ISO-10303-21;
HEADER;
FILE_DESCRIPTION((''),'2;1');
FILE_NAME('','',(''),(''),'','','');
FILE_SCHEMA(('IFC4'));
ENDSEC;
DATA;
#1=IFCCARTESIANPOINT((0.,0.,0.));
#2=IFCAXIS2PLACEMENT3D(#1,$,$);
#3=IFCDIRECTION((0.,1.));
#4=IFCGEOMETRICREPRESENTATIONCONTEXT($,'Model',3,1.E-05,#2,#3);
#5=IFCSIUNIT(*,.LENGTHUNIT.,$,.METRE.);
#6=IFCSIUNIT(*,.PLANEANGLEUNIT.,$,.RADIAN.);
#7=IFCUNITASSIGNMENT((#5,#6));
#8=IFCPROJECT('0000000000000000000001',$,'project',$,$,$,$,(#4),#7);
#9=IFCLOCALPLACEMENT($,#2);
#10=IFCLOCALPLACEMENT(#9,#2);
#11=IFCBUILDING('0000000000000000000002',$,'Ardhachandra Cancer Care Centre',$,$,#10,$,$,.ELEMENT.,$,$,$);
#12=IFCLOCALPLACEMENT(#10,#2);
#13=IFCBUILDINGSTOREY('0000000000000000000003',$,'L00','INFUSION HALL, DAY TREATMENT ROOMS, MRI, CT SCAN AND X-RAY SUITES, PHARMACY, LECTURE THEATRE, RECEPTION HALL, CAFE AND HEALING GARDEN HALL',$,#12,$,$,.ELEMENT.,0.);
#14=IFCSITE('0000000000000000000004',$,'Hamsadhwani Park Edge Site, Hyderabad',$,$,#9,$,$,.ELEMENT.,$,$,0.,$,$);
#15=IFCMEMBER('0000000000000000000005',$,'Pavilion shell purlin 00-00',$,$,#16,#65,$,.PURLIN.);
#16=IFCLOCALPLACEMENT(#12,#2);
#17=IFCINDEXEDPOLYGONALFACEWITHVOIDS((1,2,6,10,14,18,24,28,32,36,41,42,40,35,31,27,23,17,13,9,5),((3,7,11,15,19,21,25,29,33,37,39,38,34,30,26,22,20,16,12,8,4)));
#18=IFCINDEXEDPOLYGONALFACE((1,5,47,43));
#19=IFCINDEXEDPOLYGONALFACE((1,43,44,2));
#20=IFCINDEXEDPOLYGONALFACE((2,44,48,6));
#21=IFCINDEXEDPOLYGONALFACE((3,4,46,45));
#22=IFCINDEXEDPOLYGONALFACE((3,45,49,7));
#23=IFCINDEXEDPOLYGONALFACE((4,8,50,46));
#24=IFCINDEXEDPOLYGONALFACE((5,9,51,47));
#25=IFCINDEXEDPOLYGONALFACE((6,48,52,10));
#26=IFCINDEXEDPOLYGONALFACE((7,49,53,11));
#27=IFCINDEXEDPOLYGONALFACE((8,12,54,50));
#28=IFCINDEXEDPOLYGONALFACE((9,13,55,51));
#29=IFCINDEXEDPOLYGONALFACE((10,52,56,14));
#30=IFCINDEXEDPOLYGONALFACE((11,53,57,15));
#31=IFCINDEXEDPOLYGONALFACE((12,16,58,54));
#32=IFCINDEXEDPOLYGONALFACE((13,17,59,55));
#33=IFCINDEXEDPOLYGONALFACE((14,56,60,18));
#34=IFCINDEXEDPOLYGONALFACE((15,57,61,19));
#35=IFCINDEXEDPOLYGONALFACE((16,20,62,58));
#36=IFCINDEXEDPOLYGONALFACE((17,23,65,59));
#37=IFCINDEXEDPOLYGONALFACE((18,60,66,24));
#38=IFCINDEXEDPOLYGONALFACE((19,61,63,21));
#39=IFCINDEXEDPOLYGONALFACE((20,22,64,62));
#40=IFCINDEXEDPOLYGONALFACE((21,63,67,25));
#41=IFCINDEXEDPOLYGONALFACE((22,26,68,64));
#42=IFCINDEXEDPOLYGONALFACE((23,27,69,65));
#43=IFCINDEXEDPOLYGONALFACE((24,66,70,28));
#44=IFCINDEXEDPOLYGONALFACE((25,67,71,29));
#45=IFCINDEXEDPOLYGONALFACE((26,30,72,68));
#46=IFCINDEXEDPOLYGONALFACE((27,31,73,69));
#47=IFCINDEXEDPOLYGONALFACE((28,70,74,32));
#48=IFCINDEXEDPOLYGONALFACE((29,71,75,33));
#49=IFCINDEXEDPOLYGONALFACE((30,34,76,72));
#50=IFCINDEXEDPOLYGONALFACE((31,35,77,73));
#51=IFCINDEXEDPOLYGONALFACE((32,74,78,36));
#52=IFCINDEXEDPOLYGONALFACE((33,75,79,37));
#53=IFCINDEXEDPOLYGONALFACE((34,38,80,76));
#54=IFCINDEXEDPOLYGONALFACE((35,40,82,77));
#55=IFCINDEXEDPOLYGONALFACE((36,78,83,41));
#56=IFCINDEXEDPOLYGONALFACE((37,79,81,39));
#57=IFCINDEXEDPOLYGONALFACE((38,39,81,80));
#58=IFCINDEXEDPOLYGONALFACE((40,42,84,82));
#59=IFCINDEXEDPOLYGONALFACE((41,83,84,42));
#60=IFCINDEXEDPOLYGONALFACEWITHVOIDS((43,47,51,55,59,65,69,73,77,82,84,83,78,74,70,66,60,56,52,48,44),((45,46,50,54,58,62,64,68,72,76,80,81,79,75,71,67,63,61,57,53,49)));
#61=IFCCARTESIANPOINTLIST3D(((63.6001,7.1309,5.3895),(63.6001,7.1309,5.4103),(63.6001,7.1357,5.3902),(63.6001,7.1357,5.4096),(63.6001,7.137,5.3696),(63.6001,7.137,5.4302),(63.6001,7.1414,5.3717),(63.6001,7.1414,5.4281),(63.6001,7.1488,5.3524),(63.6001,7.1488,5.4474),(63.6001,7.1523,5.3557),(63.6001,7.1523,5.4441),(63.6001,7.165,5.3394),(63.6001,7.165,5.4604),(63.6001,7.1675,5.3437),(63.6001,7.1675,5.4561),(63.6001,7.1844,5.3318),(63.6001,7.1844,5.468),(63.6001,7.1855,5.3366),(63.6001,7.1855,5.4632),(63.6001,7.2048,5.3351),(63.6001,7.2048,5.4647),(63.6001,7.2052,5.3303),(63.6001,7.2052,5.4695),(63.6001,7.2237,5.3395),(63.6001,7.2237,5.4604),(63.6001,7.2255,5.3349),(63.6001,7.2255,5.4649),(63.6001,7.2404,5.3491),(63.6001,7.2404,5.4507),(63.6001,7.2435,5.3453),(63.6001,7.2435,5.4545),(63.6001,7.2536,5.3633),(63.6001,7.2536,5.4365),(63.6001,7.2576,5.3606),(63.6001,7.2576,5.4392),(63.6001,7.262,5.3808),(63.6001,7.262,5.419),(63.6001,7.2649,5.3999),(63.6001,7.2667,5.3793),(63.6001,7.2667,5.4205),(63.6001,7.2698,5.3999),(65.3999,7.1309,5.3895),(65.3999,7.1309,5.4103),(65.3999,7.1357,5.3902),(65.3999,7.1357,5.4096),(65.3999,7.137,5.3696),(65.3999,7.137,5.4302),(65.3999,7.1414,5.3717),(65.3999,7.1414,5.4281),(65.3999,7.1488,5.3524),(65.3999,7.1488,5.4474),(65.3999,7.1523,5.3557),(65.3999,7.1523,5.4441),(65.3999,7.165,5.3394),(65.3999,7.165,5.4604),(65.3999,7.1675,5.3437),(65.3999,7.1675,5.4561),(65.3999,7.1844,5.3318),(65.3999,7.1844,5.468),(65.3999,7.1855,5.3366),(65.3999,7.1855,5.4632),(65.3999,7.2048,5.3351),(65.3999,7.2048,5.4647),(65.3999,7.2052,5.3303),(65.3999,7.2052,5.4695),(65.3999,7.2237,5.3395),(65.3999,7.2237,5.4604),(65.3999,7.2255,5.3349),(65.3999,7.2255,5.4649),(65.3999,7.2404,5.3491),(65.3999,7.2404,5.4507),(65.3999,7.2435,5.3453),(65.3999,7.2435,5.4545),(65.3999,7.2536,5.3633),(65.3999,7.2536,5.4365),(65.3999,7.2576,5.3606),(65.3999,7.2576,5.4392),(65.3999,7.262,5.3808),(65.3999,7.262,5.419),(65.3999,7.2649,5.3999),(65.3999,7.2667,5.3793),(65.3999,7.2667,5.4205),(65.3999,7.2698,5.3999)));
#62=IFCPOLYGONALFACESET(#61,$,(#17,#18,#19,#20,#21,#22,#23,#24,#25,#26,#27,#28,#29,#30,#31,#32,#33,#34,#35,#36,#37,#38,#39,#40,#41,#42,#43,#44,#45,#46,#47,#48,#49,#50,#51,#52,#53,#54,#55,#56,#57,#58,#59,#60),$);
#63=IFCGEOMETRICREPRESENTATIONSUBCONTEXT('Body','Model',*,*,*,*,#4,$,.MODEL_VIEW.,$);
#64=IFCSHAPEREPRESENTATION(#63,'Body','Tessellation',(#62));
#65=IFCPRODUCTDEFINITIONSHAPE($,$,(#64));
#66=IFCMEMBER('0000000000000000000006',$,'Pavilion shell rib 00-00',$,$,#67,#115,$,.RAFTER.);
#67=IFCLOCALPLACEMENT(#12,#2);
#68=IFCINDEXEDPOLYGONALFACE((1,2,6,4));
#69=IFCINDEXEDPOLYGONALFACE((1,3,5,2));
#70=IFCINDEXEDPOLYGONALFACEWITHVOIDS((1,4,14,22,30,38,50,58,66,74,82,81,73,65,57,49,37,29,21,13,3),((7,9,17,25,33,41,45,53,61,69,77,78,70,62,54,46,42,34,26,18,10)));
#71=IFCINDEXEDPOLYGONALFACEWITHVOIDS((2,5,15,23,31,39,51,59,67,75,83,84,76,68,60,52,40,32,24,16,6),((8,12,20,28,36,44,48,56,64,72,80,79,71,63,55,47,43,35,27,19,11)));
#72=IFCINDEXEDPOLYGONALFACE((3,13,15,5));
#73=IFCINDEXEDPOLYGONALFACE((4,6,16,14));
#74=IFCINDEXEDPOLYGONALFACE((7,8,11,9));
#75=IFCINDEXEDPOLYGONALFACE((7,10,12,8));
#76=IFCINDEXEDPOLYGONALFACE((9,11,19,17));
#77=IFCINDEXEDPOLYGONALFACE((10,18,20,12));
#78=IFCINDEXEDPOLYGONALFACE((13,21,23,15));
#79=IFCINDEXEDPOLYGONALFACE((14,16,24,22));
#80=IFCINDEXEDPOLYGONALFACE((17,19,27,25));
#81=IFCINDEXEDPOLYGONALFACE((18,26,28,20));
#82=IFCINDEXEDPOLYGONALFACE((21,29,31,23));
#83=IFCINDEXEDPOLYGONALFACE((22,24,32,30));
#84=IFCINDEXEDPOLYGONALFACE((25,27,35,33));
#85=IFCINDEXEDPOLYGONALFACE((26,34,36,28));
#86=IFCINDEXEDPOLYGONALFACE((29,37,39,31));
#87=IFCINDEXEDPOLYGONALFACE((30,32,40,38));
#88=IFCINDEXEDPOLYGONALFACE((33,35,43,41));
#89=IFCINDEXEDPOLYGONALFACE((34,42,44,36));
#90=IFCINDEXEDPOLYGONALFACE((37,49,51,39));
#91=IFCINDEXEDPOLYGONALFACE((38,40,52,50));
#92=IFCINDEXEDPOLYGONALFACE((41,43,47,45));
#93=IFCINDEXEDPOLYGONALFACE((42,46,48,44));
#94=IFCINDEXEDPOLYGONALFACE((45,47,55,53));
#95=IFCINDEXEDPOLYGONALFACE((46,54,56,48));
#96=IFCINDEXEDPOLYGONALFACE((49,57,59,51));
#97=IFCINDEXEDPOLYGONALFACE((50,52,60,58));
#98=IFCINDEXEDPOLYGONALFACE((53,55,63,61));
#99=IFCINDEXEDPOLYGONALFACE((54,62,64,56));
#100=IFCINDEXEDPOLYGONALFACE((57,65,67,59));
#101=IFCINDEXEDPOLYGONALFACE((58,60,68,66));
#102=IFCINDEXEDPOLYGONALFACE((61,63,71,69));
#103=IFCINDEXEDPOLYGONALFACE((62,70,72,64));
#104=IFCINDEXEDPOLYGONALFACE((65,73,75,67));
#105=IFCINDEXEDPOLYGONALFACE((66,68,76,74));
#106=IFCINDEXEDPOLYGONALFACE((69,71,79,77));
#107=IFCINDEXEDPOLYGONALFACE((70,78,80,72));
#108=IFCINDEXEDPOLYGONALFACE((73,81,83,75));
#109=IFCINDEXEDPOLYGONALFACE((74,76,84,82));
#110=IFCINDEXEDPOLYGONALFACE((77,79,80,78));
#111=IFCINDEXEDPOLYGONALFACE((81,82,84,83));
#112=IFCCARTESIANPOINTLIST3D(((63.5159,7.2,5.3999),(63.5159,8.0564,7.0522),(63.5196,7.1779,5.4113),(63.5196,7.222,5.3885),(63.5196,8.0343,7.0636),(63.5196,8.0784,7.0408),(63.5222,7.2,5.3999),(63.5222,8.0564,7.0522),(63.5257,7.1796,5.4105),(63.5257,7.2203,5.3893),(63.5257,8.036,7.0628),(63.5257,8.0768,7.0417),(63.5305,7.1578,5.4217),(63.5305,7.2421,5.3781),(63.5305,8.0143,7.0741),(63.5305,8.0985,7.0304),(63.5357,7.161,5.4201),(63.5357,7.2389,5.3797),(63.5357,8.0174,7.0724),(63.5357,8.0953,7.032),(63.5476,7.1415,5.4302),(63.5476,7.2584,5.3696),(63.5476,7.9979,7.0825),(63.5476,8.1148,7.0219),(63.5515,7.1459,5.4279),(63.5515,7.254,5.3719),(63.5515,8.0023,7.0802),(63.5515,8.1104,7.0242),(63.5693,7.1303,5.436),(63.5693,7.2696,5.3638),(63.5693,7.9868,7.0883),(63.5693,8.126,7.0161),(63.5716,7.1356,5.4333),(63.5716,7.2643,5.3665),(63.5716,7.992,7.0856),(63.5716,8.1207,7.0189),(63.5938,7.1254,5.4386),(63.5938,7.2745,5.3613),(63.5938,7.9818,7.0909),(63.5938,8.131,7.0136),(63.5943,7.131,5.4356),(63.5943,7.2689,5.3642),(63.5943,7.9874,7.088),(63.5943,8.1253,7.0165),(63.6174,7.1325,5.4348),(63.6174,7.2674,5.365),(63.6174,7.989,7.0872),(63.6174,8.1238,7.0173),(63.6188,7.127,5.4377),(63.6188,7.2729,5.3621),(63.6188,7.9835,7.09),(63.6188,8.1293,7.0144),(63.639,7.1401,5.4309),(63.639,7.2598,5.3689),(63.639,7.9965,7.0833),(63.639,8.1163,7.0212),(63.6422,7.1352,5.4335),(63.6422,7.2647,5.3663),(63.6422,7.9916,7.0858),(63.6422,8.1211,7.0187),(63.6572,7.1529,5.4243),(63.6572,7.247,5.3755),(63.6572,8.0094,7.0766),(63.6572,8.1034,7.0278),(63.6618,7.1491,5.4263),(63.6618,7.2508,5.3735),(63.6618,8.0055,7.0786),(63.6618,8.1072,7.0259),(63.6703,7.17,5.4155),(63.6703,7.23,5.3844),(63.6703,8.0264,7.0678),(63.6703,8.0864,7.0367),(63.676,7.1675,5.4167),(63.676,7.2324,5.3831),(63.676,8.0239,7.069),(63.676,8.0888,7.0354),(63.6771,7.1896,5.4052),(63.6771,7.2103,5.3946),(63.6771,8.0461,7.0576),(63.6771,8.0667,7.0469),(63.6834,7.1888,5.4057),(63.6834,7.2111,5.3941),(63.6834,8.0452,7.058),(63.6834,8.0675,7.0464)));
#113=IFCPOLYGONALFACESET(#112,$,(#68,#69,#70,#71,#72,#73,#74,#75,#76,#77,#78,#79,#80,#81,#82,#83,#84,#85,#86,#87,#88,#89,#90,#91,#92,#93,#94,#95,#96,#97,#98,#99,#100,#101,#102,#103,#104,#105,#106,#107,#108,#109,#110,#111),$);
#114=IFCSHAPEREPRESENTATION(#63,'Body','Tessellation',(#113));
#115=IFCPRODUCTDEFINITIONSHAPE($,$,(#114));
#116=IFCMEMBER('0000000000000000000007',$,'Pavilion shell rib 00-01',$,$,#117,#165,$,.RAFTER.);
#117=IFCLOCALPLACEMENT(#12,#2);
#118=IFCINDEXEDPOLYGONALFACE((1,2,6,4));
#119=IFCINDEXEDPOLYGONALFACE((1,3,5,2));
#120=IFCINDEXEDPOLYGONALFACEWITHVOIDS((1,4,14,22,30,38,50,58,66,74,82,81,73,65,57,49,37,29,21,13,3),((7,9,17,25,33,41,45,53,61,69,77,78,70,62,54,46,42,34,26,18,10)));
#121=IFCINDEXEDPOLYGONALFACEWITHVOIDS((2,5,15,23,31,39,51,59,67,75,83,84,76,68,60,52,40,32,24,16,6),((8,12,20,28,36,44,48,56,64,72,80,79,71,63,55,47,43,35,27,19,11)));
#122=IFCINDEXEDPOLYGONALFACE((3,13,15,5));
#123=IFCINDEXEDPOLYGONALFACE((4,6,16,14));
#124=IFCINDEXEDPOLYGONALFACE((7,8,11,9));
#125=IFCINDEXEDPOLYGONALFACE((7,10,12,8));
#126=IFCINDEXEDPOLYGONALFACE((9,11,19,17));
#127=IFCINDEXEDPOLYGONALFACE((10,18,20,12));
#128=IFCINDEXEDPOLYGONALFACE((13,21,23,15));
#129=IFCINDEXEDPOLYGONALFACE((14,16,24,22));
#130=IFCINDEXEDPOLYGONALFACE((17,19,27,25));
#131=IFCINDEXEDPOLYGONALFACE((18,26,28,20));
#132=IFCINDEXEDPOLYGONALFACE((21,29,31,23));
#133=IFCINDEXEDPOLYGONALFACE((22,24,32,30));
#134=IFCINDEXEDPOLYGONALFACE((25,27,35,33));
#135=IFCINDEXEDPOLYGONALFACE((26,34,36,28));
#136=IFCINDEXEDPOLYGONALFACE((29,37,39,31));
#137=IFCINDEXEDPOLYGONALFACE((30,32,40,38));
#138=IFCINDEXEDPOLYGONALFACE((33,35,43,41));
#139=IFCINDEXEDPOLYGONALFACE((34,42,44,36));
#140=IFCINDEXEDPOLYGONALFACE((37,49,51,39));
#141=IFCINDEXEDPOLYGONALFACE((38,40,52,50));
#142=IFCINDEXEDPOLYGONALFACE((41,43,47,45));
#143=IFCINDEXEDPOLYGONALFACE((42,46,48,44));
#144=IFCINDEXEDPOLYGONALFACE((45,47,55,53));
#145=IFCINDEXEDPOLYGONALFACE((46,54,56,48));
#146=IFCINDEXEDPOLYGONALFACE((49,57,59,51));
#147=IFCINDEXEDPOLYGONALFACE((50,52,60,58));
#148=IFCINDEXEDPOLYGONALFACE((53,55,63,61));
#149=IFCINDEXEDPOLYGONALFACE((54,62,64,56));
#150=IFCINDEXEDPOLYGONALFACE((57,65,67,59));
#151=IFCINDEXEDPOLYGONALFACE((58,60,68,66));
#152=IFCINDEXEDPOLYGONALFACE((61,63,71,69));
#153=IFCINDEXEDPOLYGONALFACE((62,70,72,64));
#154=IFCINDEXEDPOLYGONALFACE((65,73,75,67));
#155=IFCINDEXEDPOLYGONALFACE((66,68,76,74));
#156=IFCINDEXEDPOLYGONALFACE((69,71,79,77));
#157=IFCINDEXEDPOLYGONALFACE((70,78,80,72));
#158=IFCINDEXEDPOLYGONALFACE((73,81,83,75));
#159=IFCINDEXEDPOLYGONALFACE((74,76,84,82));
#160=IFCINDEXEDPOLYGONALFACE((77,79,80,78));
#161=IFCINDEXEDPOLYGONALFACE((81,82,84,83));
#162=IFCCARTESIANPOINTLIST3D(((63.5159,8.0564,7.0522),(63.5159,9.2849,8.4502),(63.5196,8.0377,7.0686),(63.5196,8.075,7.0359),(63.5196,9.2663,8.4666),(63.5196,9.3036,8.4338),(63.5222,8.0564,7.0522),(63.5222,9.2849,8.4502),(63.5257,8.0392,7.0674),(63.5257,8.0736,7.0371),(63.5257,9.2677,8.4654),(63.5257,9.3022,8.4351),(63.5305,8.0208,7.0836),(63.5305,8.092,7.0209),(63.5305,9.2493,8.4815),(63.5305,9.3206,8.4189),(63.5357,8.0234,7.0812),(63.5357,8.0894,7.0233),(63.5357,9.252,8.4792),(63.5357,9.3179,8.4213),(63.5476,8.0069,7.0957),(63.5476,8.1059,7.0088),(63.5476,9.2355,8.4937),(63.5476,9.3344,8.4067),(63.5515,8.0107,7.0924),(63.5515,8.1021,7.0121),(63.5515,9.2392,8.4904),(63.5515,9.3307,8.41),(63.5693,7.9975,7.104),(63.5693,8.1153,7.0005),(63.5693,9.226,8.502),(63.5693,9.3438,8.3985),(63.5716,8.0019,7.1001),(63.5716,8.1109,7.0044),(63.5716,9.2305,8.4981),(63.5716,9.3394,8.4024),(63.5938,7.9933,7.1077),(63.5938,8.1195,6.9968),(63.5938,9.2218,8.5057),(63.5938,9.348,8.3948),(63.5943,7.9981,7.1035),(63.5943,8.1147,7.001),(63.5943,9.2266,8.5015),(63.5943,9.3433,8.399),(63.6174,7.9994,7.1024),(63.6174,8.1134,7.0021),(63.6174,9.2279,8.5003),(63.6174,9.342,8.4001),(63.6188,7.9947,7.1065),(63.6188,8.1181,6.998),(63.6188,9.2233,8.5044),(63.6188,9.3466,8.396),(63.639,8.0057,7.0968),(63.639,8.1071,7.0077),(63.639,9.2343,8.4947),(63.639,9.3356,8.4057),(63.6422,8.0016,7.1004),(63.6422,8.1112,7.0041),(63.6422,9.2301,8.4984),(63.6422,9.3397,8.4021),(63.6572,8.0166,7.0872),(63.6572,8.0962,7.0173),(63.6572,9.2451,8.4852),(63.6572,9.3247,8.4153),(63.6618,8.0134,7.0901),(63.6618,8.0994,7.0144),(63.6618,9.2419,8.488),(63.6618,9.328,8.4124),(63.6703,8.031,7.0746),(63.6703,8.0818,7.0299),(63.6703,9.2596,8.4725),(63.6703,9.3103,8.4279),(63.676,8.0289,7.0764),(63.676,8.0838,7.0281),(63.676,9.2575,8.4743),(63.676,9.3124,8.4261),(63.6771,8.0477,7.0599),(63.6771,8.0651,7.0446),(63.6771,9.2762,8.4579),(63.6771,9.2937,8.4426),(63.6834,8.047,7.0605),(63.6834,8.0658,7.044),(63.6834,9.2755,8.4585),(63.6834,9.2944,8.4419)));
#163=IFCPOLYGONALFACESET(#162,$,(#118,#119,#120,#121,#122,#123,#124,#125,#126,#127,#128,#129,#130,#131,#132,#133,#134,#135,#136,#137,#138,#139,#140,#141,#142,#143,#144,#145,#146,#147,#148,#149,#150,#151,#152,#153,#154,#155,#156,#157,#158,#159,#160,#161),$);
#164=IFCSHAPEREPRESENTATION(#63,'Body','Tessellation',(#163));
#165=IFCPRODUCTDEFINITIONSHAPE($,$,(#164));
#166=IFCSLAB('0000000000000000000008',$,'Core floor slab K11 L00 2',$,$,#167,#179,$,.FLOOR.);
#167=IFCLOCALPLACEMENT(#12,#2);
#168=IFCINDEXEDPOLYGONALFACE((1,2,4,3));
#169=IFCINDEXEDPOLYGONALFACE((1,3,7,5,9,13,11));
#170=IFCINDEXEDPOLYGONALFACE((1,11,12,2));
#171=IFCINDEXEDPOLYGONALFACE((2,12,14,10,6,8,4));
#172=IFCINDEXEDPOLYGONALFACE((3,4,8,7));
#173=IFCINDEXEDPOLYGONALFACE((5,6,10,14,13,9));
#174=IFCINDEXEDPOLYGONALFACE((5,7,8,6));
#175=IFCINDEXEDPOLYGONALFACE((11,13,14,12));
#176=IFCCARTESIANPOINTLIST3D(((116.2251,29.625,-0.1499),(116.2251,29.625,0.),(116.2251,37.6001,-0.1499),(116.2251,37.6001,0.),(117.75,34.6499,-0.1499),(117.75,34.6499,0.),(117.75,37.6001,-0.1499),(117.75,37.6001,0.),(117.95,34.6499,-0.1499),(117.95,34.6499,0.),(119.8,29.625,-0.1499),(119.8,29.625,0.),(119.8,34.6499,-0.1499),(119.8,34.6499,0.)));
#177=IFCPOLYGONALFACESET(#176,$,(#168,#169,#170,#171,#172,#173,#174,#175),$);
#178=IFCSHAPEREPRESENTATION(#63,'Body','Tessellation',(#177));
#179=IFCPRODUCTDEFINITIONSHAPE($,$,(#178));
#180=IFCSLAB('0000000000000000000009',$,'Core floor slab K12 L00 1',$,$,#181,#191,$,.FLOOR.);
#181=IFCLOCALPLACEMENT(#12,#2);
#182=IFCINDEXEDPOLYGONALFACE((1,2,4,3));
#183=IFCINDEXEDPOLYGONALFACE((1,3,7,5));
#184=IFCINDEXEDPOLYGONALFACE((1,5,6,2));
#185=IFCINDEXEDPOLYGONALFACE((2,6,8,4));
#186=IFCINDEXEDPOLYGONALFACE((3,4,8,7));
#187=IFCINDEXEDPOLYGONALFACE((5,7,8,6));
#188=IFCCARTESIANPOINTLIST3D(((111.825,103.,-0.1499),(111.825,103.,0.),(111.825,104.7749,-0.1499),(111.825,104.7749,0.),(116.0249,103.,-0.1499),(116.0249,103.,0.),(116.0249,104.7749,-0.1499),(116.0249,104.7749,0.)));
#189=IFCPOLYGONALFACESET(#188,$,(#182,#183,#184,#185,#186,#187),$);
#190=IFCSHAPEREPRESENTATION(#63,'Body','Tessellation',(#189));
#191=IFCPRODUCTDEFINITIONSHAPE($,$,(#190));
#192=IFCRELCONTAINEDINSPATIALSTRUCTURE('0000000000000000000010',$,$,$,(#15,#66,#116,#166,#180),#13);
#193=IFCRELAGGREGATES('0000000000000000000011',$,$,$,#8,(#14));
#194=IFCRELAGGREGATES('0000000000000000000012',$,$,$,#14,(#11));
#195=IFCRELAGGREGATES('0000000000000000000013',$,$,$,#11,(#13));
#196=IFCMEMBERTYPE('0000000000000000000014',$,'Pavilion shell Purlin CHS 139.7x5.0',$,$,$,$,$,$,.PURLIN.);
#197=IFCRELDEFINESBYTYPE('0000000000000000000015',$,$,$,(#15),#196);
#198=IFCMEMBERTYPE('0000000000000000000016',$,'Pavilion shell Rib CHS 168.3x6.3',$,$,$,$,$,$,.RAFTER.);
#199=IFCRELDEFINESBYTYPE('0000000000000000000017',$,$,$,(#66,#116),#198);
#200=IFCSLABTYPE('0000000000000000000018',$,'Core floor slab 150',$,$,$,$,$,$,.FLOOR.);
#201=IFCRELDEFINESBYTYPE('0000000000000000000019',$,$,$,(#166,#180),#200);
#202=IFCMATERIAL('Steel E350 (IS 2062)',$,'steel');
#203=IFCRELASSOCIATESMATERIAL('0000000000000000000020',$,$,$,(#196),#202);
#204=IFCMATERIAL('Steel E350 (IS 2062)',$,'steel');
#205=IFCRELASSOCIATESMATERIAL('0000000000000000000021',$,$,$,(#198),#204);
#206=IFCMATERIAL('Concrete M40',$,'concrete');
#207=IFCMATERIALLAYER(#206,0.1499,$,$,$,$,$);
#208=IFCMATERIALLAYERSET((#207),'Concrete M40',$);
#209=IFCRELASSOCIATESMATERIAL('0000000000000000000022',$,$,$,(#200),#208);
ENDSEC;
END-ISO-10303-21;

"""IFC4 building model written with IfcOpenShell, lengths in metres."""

from ifc_helpers import new_model, si_unit, direction, frame, origin, origin_2d, place, context, subcontext, project, spatial, polyline, hollow_circle, outline, extrude, material, layer, layer_set, material_profile, profile_set, type_object, element, save


model = new_model("IFC4")

# Units and contexts
model_context = context("Model", 3, precision=1e-05, world=origin(), true_north=direction((0.0, 1.0)))
body_context = subcontext(model_context, "Body", "Model", "MODEL_VIEW")
ifc_project = project(units=[si_unit("LENGTHUNIT", "METRE"), si_unit("PLANEANGLEUNIT", "RADIAN")], contexts=[model_context])

# Site, building, storey
site_placement = place(None, origin())
site = spatial("IfcSite", under=ifc_project, at=site_placement, Name="Hamsadhwani Park Edge Site, Hyderabad", CompositionType="ELEMENT", RefElevation=0.0)
building_placement = place(site_placement, origin())
building = spatial("IfcBuilding", under=site, at=building_placement, Name="Ardhachandra Cancer Care Centre", CompositionType="ELEMENT")
storey_placement = place(building_placement, origin())
storey = spatial("IfcBuildingStorey", under=building, at=storey_placement, Name="L00", Description="INFUSION HALL, DAY TREATMENT ROOMS, MRI, CT SCAN AND X-RAY SUITES, PHARMACY, LECTURE THEATRE, RECEPTION HALL, CAFE AND HEALING GARDEN HALL", CompositionType="ELEMENT", Elevation=0.0)

# Members
ifc_material_1 = material(Name="Steel E350 (IS 2062)", Category="steel")
ifc_material_profile_1 = material_profile(ifc_material_1, hollow_circle(Radius=0.0698, WallThickness=0.0049, at=origin_2d()), Name="CHS 139.7x5.0")
ifc_profile_set_1 = profile_set([ifc_material_profile_1], Name="Steel E350 (IS 2062)")
member_type_1 = type_object("IfcMemberType", Name="Pavilion shell Purlin CHS 139.7x5.0", PredefinedType="PURLIN", material=ifc_profile_set_1)
member_1_placement = place(storey_placement, frame((63.6001, 7.2, 5.3999), z_axis=(1.0, 0.0, 0.0), x_axis=(0.0, 1.0, 0.0)))
element("IfcMember", 1, at=member_1_placement, inside=storey, type_object=member_type_1, Name="Pavilion shell purlin 00-00", PredefinedType="PURLIN", context=body_context, shape_type="SweptSolid", body=[
    extrude(hollow_circle(Radius=0.0698, WallThickness=0.0049, at=origin_2d()), origin(), (0.0, 0.0, 1.0), 1.7998),
])
ifc_material_2 = material(Name="Steel E350 (IS 2062)", Category="steel")
ifc_material_profile_2 = material_profile(ifc_material_2, hollow_circle(Radius=0.0842, WallThickness=0.0063, at=origin_2d()), Name="CHS 168.3x6.3")
ifc_profile_set_2 = profile_set([ifc_material_profile_2], Name="Steel E350 (IS 2062)")
member_type_2 = type_object("IfcMemberType", Name="Pavilion shell Rib CHS 168.3x6.3", PredefinedType="RAFTER", material=ifc_profile_set_2)
for number, where, z_axis, x_axis, name in (
    (2, (63.6001, 7.2, 5.3999), (0.0, 0.460179, 0.887826), (-1.0, 0.0, 0.0), "Pavilion shell rib 00-00"),
    (3, (63.6001, 8.0564, 7.0522), (0.0, 0.660119, 0.751161), (-1.0, 0.0, 0.0), "Pavilion shell rib 00-01"),
):
    element("IfcMember", number, at=place(storey_placement, frame(where, z_axis=z_axis, x_axis=x_axis)), inside=storey, type_object=member_type_2, Name=name, PredefinedType="RAFTER", context=body_context, shape_type="SweptSolid", body=[
        extrude(hollow_circle(Radius=0.0842, WallThickness=0.0063, at=origin_2d()), origin(), (0.0, 0.0, 1.0), 1.8611),
    ])

# Slabs
ifc_material_3 = material(Name="Concrete M40", Category="concrete")
ifc_layer_1 = layer(ifc_material_3, 0.1499)
ifc_layer_set_1 = layer_set([ifc_layer_1], Name="Concrete M40")
slab_type_1 = type_object("IfcSlabType", Name="Core floor slab 150", PredefinedType="FLOOR", material=ifc_layer_set_1)
slab_1_placement = place(storey_placement, frame((0.0, 0.0, -0.1499)))
element("IfcSlab", 4, at=slab_1_placement, inside=storey, type_object=slab_type_1, Name="Core floor slab K11 L00 2", PredefinedType="FLOOR", context=body_context, shape_type="SweptSolid", body=[
    extrude(outline(polyline([(116.2251, 29.625), (116.2251, 37.6001), (117.75, 37.6001), (117.75, 34.6499), (117.95, 34.6499), (119.8, 34.6499), (119.8, 29.625), (116.2251, 29.625)])), origin(), (0.0, 0.0, 1.0), 0.1499),
])
slab_2_placement = place(storey_placement, frame((0.0, 0.0, -0.1499)))
element("IfcSlab", 5, at=slab_2_placement, inside=storey, type_object=slab_type_1, Name="Core floor slab K12 L00 1", PredefinedType="FLOOR", context=body_context, shape_type="SweptSolid", body=[
    extrude(outline(polyline([(116.0249, 104.7749), (116.0249, 103.0), (111.825, 103.0), (111.825, 104.7749), (116.0249, 104.7749)])), origin(), (0.0, 0.0, 1.0), 0.1499),
])

save(model, "model.ifc")
